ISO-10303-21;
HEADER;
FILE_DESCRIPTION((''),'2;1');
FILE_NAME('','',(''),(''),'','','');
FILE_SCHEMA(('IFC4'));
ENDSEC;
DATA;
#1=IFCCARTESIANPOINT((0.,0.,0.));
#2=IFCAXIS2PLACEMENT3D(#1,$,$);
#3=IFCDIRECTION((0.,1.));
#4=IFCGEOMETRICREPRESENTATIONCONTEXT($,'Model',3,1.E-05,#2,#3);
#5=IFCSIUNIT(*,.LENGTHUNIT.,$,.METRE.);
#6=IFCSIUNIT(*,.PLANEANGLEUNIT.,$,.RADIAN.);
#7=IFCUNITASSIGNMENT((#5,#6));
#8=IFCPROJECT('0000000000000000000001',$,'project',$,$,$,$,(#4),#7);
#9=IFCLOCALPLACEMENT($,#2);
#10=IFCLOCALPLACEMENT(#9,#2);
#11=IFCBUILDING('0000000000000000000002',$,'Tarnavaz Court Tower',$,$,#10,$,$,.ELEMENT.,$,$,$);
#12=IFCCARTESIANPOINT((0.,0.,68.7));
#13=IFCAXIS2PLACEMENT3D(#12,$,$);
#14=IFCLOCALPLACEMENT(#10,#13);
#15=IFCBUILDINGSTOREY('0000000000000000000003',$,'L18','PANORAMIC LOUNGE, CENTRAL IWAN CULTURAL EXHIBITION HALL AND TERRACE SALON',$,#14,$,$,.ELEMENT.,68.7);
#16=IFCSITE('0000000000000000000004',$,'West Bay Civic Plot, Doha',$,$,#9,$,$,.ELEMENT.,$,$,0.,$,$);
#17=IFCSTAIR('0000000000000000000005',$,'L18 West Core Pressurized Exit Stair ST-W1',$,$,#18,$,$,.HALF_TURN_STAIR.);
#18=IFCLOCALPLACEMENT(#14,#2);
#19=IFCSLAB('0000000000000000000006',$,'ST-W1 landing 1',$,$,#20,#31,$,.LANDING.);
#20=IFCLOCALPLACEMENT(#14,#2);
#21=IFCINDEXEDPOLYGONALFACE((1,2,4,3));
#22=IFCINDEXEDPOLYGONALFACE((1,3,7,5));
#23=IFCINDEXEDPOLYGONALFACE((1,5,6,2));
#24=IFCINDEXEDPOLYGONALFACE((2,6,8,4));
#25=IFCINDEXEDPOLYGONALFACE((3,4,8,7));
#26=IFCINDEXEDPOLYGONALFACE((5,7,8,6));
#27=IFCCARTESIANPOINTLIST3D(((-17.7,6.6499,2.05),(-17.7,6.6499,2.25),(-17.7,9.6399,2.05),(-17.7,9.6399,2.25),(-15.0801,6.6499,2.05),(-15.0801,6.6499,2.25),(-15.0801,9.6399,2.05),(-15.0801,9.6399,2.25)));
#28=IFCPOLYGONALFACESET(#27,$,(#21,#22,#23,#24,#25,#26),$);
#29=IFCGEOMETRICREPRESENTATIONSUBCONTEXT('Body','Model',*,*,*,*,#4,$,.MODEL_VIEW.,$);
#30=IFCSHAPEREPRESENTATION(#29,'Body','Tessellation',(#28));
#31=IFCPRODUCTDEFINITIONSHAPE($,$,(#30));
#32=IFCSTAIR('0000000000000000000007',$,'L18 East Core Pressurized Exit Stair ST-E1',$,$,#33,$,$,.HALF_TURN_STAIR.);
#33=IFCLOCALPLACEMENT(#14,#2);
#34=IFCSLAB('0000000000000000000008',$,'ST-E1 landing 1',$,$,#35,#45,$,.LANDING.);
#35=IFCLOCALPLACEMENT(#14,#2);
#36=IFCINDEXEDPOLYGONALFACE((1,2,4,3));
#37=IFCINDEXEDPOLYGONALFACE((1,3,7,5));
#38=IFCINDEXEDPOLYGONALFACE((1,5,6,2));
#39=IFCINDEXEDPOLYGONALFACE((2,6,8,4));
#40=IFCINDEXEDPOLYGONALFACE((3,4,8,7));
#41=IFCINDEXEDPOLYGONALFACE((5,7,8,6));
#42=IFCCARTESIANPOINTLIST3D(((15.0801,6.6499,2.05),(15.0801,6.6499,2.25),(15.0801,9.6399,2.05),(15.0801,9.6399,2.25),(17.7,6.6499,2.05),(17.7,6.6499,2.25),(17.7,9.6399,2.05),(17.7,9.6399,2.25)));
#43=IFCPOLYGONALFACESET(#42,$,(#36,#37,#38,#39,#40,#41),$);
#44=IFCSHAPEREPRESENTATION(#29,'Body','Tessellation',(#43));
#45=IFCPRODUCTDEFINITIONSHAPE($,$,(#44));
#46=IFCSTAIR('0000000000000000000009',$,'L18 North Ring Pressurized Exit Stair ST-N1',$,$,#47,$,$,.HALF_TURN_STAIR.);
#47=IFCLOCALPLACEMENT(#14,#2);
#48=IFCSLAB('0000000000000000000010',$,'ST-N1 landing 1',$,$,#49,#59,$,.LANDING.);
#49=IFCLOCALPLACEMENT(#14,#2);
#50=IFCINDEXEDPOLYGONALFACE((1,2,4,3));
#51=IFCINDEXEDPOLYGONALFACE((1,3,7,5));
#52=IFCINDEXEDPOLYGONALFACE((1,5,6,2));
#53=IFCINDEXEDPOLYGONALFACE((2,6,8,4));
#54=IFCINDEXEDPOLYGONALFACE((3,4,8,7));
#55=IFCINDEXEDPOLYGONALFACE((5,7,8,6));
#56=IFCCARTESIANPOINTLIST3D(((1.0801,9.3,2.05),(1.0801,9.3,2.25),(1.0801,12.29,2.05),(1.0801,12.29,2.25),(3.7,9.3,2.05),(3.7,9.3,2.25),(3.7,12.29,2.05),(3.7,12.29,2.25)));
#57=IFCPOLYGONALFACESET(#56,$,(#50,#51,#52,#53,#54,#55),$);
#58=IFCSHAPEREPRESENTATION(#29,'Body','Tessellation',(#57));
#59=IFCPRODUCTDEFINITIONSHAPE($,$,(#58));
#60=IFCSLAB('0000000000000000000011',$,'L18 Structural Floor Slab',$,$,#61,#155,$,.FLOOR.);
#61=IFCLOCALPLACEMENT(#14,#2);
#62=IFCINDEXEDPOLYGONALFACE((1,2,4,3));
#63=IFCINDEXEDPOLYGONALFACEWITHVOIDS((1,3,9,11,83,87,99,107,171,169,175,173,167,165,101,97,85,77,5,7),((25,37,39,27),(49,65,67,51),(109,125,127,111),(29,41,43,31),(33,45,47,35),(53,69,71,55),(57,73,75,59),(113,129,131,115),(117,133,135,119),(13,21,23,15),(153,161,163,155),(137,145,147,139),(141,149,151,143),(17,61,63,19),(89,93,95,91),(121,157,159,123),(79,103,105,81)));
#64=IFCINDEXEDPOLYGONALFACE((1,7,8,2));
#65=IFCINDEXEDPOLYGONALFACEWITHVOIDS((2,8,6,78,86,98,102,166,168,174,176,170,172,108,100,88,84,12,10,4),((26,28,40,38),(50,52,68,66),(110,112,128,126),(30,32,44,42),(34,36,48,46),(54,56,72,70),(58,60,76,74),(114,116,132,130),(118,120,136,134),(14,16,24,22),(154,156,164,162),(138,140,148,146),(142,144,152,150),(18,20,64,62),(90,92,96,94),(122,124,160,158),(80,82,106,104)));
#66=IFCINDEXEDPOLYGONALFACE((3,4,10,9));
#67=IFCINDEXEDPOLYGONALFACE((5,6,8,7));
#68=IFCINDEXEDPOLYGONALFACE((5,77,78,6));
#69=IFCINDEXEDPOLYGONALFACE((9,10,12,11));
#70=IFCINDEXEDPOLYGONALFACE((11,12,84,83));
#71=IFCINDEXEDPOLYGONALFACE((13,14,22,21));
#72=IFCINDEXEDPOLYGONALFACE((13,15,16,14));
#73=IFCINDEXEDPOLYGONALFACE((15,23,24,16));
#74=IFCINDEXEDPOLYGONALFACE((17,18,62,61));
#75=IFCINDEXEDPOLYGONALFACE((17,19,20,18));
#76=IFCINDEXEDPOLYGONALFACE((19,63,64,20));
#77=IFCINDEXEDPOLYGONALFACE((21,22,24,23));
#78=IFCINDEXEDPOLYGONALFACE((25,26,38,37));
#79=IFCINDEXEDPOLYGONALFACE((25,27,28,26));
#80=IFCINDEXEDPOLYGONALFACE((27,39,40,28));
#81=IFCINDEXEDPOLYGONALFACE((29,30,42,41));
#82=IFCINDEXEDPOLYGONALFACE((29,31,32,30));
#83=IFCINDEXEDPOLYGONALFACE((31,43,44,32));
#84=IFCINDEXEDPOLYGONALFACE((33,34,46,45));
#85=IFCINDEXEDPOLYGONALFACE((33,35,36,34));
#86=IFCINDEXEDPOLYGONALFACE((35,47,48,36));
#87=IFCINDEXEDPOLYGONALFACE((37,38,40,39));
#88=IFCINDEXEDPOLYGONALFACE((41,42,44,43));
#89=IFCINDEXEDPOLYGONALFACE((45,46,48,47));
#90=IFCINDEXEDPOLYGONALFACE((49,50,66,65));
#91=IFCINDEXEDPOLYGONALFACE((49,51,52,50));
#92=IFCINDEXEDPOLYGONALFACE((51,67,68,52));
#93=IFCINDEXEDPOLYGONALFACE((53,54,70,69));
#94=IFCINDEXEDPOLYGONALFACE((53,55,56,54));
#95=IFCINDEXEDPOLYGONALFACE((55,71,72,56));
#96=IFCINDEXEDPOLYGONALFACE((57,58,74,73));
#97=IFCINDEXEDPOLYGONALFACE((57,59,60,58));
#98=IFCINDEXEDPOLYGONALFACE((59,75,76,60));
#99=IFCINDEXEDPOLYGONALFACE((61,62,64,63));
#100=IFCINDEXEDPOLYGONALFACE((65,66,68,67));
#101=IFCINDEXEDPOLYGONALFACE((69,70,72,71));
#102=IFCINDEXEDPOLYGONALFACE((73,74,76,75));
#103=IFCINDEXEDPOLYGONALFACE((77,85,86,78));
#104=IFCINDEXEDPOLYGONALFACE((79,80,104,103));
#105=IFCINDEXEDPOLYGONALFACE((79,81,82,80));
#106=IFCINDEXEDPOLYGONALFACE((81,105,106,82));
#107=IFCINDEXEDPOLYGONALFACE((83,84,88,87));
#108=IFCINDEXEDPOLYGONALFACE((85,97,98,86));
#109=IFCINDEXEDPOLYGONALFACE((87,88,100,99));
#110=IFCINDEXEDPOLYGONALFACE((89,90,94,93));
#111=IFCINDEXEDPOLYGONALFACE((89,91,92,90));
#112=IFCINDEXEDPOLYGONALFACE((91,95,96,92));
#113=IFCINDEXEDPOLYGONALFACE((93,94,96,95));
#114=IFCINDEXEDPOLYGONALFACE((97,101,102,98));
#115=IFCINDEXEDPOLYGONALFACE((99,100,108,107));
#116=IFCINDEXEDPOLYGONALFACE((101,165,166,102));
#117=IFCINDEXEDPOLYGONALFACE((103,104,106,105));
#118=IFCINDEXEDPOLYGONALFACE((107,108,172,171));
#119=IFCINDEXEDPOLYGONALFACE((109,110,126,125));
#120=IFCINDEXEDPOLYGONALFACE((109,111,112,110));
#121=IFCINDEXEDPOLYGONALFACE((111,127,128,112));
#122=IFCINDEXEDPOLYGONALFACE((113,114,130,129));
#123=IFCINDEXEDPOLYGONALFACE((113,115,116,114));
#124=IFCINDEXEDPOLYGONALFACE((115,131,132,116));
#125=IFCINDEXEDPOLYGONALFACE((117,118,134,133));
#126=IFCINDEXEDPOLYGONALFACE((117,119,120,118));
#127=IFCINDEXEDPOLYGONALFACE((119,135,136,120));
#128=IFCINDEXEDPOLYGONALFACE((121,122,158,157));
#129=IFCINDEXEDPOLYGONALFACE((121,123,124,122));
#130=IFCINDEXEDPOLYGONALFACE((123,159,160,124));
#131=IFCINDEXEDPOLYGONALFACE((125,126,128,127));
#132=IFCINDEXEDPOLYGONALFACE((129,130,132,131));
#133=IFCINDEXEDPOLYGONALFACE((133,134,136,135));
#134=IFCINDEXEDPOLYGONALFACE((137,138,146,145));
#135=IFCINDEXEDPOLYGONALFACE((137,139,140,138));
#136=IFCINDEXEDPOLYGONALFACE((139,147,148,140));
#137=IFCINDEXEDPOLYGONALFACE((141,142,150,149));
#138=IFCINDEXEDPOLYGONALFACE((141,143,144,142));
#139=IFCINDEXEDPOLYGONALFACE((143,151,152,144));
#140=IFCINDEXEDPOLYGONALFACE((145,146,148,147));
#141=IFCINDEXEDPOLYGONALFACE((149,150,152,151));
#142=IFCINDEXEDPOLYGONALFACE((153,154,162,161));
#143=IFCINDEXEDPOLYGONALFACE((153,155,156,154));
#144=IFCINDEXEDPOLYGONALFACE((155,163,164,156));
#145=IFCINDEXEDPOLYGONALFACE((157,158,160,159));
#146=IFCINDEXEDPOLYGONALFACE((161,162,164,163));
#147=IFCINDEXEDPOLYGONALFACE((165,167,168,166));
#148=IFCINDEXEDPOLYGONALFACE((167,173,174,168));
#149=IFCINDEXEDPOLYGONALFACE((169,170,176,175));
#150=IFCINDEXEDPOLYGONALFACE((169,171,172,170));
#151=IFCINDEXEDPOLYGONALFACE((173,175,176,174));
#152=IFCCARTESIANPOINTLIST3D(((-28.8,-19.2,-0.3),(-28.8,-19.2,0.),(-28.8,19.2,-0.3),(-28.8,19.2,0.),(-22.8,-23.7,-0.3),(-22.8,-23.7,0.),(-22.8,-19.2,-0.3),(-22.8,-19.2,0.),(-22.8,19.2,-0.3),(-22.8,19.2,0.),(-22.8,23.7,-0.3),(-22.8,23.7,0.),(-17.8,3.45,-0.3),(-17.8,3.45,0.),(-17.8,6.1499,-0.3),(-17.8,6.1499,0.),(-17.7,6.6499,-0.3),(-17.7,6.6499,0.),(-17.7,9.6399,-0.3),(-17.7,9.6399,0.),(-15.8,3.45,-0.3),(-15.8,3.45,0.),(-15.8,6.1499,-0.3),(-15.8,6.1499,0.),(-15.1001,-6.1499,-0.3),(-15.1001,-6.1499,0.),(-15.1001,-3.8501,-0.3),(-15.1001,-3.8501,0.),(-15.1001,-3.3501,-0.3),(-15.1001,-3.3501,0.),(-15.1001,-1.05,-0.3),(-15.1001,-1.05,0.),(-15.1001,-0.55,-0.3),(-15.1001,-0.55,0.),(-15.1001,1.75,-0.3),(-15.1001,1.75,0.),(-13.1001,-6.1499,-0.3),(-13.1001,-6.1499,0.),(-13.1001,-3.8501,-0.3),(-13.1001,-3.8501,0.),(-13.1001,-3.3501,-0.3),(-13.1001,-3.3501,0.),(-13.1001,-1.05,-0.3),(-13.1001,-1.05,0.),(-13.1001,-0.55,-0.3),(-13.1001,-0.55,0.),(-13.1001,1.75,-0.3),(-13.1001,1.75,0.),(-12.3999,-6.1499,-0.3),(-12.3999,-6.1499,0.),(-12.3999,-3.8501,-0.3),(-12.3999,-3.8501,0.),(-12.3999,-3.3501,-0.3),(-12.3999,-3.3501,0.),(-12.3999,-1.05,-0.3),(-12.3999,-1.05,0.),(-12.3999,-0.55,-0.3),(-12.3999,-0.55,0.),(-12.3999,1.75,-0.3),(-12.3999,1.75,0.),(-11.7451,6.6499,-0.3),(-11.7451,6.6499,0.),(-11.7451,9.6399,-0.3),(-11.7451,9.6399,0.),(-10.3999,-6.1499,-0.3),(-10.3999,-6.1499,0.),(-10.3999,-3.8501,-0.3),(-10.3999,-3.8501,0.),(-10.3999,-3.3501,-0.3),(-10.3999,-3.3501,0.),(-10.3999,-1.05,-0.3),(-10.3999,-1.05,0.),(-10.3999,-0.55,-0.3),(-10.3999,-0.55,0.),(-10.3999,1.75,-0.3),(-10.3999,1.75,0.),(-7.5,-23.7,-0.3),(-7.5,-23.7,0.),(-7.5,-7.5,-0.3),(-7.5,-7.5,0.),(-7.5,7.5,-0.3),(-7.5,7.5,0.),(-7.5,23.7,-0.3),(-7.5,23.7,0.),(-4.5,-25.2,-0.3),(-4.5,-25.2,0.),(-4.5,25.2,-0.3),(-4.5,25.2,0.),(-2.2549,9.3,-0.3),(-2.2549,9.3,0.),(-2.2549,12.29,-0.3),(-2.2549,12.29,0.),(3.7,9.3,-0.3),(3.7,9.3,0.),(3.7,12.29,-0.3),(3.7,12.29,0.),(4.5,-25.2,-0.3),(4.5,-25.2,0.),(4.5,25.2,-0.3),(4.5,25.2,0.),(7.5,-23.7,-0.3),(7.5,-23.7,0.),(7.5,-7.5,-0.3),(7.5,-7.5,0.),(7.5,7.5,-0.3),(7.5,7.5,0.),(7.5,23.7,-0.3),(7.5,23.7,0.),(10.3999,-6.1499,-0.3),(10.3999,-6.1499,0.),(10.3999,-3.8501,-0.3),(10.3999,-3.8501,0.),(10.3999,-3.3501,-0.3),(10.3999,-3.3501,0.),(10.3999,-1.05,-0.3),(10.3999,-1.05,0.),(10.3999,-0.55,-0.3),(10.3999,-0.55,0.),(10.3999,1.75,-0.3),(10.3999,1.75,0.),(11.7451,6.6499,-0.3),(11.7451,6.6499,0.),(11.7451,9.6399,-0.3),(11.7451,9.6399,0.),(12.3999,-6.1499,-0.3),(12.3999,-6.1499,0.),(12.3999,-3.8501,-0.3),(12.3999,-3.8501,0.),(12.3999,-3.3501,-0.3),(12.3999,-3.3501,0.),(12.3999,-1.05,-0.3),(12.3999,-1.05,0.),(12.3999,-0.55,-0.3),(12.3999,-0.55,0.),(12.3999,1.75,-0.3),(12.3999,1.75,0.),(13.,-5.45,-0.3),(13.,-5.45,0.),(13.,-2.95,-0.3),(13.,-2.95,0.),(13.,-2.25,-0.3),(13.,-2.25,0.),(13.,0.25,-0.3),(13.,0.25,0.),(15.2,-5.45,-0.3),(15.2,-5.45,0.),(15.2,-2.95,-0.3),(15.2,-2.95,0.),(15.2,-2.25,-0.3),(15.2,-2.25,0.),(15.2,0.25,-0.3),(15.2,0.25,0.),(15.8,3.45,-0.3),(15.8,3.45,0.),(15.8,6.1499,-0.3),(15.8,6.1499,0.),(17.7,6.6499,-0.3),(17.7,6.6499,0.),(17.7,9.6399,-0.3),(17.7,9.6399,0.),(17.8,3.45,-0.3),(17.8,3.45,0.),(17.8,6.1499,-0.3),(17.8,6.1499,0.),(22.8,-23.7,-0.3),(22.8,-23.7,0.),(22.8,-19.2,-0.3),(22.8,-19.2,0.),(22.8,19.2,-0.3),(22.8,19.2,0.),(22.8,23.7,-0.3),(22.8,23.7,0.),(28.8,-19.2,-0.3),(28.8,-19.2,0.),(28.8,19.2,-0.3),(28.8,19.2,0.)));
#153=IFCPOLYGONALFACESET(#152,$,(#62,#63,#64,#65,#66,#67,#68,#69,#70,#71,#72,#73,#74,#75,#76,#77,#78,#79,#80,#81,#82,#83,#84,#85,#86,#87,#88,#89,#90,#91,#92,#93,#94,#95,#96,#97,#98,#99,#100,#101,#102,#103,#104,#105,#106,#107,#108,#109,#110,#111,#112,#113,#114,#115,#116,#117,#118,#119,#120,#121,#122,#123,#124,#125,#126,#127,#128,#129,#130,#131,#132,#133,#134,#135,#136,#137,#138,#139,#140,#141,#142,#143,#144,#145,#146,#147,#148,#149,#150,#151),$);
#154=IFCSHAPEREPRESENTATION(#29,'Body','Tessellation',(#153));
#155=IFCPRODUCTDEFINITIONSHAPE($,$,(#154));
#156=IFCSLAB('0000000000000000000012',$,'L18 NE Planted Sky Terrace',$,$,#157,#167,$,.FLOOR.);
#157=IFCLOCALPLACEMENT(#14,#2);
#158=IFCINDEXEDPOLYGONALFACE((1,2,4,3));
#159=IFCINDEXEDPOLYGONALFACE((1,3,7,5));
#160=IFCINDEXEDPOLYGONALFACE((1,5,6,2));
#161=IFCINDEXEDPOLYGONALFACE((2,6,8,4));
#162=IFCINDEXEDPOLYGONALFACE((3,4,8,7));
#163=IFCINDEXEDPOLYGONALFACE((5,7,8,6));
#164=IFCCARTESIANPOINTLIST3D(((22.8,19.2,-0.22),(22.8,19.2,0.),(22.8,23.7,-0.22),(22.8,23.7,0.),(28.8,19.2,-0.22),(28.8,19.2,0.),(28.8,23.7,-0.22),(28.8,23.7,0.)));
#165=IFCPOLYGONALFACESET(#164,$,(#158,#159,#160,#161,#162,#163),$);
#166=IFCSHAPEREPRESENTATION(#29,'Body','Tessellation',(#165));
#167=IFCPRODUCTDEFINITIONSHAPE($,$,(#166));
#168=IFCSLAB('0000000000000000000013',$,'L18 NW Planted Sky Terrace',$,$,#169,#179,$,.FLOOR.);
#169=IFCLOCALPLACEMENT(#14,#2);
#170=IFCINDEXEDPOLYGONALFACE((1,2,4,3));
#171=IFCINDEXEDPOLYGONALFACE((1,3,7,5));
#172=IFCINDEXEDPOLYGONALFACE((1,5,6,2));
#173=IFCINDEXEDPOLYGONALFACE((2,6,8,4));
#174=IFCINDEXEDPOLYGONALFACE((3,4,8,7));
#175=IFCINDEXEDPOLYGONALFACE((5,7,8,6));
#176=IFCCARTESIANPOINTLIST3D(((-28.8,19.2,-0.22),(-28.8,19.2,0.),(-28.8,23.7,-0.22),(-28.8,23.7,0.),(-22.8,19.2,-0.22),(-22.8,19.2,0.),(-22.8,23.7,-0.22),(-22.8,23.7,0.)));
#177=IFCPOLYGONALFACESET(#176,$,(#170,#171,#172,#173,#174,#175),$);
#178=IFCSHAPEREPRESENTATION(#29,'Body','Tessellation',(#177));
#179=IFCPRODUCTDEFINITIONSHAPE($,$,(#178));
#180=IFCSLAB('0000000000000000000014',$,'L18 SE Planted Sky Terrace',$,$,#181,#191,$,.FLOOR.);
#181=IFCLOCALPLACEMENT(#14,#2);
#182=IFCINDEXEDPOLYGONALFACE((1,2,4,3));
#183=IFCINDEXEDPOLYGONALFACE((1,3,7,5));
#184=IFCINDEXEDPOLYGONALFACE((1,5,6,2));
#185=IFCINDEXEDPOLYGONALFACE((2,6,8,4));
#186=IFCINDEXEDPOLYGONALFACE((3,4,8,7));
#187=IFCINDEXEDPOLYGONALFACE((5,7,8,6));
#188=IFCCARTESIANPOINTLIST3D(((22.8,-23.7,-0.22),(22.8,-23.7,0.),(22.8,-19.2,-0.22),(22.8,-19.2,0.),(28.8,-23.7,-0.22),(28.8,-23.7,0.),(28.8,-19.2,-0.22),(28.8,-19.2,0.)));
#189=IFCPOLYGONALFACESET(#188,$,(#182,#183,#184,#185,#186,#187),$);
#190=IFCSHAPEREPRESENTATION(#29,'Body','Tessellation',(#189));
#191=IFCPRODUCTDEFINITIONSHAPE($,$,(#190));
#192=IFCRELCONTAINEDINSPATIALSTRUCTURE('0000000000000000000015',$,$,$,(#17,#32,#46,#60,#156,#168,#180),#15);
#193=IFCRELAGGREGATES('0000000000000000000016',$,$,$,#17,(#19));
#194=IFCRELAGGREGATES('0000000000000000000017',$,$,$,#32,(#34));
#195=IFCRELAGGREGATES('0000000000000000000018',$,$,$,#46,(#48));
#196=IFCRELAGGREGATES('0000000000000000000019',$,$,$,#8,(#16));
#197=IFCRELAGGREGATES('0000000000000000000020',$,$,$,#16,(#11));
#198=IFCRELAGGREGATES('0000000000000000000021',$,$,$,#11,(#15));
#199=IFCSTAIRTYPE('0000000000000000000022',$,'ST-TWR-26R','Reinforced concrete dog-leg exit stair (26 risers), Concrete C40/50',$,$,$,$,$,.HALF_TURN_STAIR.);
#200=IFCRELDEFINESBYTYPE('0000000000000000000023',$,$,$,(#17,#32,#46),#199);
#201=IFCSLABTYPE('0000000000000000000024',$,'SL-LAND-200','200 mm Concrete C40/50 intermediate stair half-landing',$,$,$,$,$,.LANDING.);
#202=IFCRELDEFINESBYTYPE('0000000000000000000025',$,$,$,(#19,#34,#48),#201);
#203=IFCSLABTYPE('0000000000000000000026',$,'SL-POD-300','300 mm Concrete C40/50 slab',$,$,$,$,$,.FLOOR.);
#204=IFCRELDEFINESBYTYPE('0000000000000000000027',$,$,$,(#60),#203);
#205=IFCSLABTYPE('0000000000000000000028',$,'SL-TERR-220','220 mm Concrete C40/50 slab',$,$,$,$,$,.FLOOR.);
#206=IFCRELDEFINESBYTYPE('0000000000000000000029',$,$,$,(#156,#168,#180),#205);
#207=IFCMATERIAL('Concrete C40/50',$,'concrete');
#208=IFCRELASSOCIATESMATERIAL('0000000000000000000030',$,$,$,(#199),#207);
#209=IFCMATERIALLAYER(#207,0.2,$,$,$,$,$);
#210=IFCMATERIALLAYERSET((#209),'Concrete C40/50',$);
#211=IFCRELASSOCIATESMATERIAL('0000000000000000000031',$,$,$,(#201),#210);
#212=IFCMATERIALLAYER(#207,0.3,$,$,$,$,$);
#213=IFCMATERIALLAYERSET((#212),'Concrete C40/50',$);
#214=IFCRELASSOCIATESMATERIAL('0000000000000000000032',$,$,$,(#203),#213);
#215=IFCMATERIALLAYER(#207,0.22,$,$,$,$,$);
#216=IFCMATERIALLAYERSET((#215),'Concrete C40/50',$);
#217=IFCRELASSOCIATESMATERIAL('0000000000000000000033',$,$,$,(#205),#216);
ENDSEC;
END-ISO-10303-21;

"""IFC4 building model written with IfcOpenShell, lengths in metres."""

from ifc_helpers import new_model, si_unit, direction, frame, origin, place, context, subcontext, project, spatial, polyline, outline, extrude, material, layer, layer_set, type_object, element, aggregate, save


model = new_model("IFC4")

# Units and contexts
model_context = context("Model", 3, precision=1e-05, world=origin(), true_north=direction((0.0, 1.0)))
body_context = subcontext(model_context, "Body", "Model", "MODEL_VIEW")
ifc_project = project(units=[si_unit("LENGTHUNIT", "METRE"), si_unit("PLANEANGLEUNIT", "RADIAN")], contexts=[model_context])

# Site, building, storey
site_placement = place(None, origin())
site = spatial("IfcSite", under=ifc_project, at=site_placement, Name="West Bay Civic Plot, Doha", CompositionType="ELEMENT", RefElevation=0.0)
building_placement = place(site_placement, origin())
building = spatial("IfcBuilding", under=site, at=building_placement, Name="Tarnavaz Court Tower", CompositionType="ELEMENT")
storey_placement = place(building_placement, frame((0.0, 0.0, 68.7)))
storey = spatial("IfcBuildingStorey", under=building, at=storey_placement, Name="L18", Description="PANORAMIC LOUNGE, CENTRAL IWAN CULTURAL EXHIBITION HALL AND TERRACE SALON", CompositionType="ELEMENT", Elevation=68.7)

# Stairs, slabs
ifc_material_1 = material(Name="Concrete C40/50", Category="concrete")
stair_type = type_object("IfcStairType", Name="ST-TWR-26R", Description="Reinforced concrete dog-leg exit stair (26 risers), Concrete C40/50", PredefinedType="HALF_TURN_STAIR", material=ifc_material_1)
stair_1_placement = place(storey_placement, origin())
stair_1 = element("IfcStair", 1, at=stair_1_placement, inside=storey, type_object=stair_type, Name="L18 West Core Pressurized Exit Stair ST-W1", PredefinedType="HALF_TURN_STAIR")
ifc_layer_1 = layer(ifc_material_1, 0.2)
ifc_layer_set_1 = layer_set([ifc_layer_1], Name="Concrete C40/50")
slab_type_1 = type_object("IfcSlabType", Name="SL-LAND-200", Description="200 mm Concrete C40/50 intermediate stair half-landing", PredefinedType="LANDING", material=ifc_layer_set_1)
slab_1_placement = place(storey_placement, frame((0.0, 0.0, 2.05)))
slab_1 = element("IfcSlab", 2, at=slab_1_placement, type_object=slab_type_1, Name="ST-W1 landing 1", PredefinedType="LANDING", context=body_context, shape_type="SweptSolid", body=[
    extrude(outline(polyline([(-15.0801, 9.6399), (-17.7, 9.6399), (-17.7, 6.6499), (-15.0801, 6.6499), (-15.0801, 9.6399)])), origin(), (0.0, 0.0, 1.0), 0.2),
])
aggregate(stair_1, [slab_1])
stair_2_placement = place(storey_placement, origin())
stair_2 = element("IfcStair", 3, at=stair_2_placement, inside=storey, type_object=stair_type, Name="L18 East Core Pressurized Exit Stair ST-E1", PredefinedType="HALF_TURN_STAIR")
slab_2_placement = place(storey_placement, frame((0.0, 0.0, 2.05)))
slab_2 = element("IfcSlab", 4, at=slab_2_placement, type_object=slab_type_1, Name="ST-E1 landing 1", PredefinedType="LANDING", context=body_context, shape_type="SweptSolid", body=[
    extrude(outline(polyline([(15.0801, 6.6499), (17.7, 6.6499), (17.7, 9.6399), (15.0801, 9.6399), (15.0801, 6.6499)])), origin(), (0.0, 0.0, 1.0), 0.2),
])
aggregate(stair_2, [slab_2])
stair_3_placement = place(storey_placement, origin())
stair_3 = element("IfcStair", 5, at=stair_3_placement, inside=storey, type_object=stair_type, Name="L18 North Ring Pressurized Exit Stair ST-N1", PredefinedType="HALF_TURN_STAIR")
slab_3_placement = place(storey_placement, frame((0.0, 0.0, 2.05)))
slab_3 = element("IfcSlab", 6, at=slab_3_placement, type_object=slab_type_1, Name="ST-N1 landing 1", PredefinedType="LANDING", context=body_context, shape_type="SweptSolid", body=[
    extrude(outline(polyline([(1.0801, 9.3), (3.7, 9.3), (3.7, 12.29), (1.0801, 12.29), (1.0801, 9.3)])), origin(), (0.0, 0.0, 1.0), 0.2),
])
aggregate(stair_3, [slab_3])

# Slabs
ifc_layer_2 = layer(ifc_material_1, 0.3)
ifc_layer_set_2 = layer_set([ifc_layer_2], Name="Concrete C40/50")
slab_type_2 = type_object("IfcSlabType", Name="SL-POD-300", Description="300 mm Concrete C40/50 slab", PredefinedType="FLOOR", material=ifc_layer_set_2)
slab_4_placement = place(storey_placement, frame((0.0, 0.0, -0.3)))
element("IfcSlab", 7, at=slab_4_placement, inside=storey, type_object=slab_type_2, Name="L18 Structural Floor Slab", PredefinedType="FLOOR", context=body_context, shape_type="SweptSolid", body=[
    extrude(outline(polyline([(-22.8, -23.7), (-7.5, -23.7), (-4.5, -25.2), (4.5, -25.2), (7.5, -23.7), (22.8, -23.7), (22.8, -19.2), (28.8, -19.2), (28.8, 19.2), (22.8, 19.2), (22.8, 23.7), (7.5, 23.7), (4.5, 25.2), (-4.5, 25.2), (-7.5, 23.7), (-22.8, 23.7), (-22.8, 19.2), (-28.8, 19.2), (-28.8, -19.2), (-22.8, -19.2), (-22.8, -23.7)]), holes=[polyline([(-7.5, -7.5), (7.5, -7.5), (7.5, 7.5), (-7.5, 7.5), (-7.5, -7.5)]), polyline([(-11.7451, 9.6399), (-17.7, 9.6399), (-17.7, 6.6499), (-11.7451, 6.6499), (-11.7451, 9.6399)]), polyline([(11.7451, 6.6499), (17.7, 6.6499), (17.7, 9.6399), (11.7451, 9.6399), (11.7451, 6.6499)]), polyline([(-2.2549, 9.3), (3.7, 9.3), (3.7, 12.29), (-2.2549, 12.29), (-2.2549, 9.3)]), polyline([(-17.8, 3.45), (-15.8, 3.45), (-15.8, 6.1499), (-17.8, 6.1499), (-17.8, 3.45)]), polyline([(-12.3999, -6.1499), (-10.3999, -6.1499), (-10.3999, -3.8501), (-12.3999, -3.8501), (-12.3999, -6.1499)]), polyline([(-12.3999, -3.3501), (-10.3999, -3.3501), (-10.3999, -1.05), (-12.3999, -1.05), (-12.3999, -3.3501)]), polyline([(-12.3999, -0.55), (-10.3999, -0.55), (-10.3999, 1.75), (-12.3999, 1.75), (-12.3999, -0.55)]), polyline([(-15.1001, -6.1499), (-13.1001, -6.1499), (-13.1001, -3.8501), (-15.1001, -3.8501), (-15.1001, -6.1499)]), polyline([(-15.1001, -3.3501), (-13.1001, -3.3501), (-13.1001, -1.05), (-15.1001, -1.05), (-15.1001, -3.3501)]), polyline([(-15.1001, -0.55), (-13.1001, -0.55), (-13.1001, 1.75), (-15.1001, 1.75), (-15.1001, -0.55)]), polyline([(15.8, 3.45), (17.8, 3.45), (17.8, 6.1499), (15.8, 6.1499), (15.8, 3.45)]), polyline([(10.3999, -6.1499), (12.3999, -6.1499), (12.3999, -3.8501), (10.3999, -3.8501), (10.3999, -6.1499)]), polyline([(10.3999, -3.3501), (12.3999, -3.3501), (12.3999, -1.05), (10.3999, -1.05), (10.3999, -3.3501)]), polyline([(10.3999, -0.55), (12.3999, -0.55), (12.3999, 1.75), (10.3999, 1.75), (10.3999, -0.55)]), polyline([(13.0, -5.45), (15.2, -5.45), (15.2, -2.95), (13.0, -2.95), (13.0, -5.45)]), polyline([(13.0, -2.25), (15.2, -2.25), (15.2, 0.25), (13.0, 0.25), (13.0, -2.25)])]), origin(), (0.0, 0.0, 1.0), 0.3),
])
ifc_layer_3 = layer(ifc_material_1, 0.22)
ifc_layer_set_3 = layer_set([ifc_layer_3], Name="Concrete C40/50")
slab_type_3 = type_object("IfcSlabType", Name="SL-TERR-220", Description="220 mm Concrete C40/50 slab", PredefinedType="FLOOR", material=ifc_layer_set_3)
slab_5_placement = place(storey_placement, frame((0.0, 0.0, -0.22)))
element("IfcSlab", 8, at=slab_5_placement, inside=storey, type_object=slab_type_3, Name="L18 NE Planted Sky Terrace", PredefinedType="FLOOR", context=body_context, shape_type="SweptSolid", body=[
    extrude(outline(polyline([(22.8, 19.2), (28.8, 19.2), (28.8, 23.7), (22.8, 23.7), (22.8, 19.2)])), origin(), (0.0, 0.0, 1.0), 0.22),
])
slab_6_placement = place(storey_placement, frame((0.0, 0.0, -0.22)))
element("IfcSlab", 9, at=slab_6_placement, inside=storey, type_object=slab_type_3, Name="L18 NW Planted Sky Terrace", PredefinedType="FLOOR", context=body_context, shape_type="SweptSolid", body=[
    extrude(outline(polyline([(-28.8, 19.2), (-22.8, 19.2), (-22.8, 23.7), (-28.8, 23.7), (-28.8, 19.2)])), origin(), (0.0, 0.0, 1.0), 0.22),
])
slab_7_placement = place(storey_placement, frame((0.0, 0.0, -0.22)))
element("IfcSlab", 10, at=slab_7_placement, inside=storey, type_object=slab_type_3, Name="L18 SE Planted Sky Terrace", PredefinedType="FLOOR", context=body_context, shape_type="SweptSolid", body=[
    extrude(outline(polyline([(22.8, -23.7), (28.8, -23.7), (28.8, -19.2), (22.8, -19.2), (22.8, -23.7)])), origin(), (0.0, 0.0, 1.0), 0.22),
])

save(model, "model.ifc")
